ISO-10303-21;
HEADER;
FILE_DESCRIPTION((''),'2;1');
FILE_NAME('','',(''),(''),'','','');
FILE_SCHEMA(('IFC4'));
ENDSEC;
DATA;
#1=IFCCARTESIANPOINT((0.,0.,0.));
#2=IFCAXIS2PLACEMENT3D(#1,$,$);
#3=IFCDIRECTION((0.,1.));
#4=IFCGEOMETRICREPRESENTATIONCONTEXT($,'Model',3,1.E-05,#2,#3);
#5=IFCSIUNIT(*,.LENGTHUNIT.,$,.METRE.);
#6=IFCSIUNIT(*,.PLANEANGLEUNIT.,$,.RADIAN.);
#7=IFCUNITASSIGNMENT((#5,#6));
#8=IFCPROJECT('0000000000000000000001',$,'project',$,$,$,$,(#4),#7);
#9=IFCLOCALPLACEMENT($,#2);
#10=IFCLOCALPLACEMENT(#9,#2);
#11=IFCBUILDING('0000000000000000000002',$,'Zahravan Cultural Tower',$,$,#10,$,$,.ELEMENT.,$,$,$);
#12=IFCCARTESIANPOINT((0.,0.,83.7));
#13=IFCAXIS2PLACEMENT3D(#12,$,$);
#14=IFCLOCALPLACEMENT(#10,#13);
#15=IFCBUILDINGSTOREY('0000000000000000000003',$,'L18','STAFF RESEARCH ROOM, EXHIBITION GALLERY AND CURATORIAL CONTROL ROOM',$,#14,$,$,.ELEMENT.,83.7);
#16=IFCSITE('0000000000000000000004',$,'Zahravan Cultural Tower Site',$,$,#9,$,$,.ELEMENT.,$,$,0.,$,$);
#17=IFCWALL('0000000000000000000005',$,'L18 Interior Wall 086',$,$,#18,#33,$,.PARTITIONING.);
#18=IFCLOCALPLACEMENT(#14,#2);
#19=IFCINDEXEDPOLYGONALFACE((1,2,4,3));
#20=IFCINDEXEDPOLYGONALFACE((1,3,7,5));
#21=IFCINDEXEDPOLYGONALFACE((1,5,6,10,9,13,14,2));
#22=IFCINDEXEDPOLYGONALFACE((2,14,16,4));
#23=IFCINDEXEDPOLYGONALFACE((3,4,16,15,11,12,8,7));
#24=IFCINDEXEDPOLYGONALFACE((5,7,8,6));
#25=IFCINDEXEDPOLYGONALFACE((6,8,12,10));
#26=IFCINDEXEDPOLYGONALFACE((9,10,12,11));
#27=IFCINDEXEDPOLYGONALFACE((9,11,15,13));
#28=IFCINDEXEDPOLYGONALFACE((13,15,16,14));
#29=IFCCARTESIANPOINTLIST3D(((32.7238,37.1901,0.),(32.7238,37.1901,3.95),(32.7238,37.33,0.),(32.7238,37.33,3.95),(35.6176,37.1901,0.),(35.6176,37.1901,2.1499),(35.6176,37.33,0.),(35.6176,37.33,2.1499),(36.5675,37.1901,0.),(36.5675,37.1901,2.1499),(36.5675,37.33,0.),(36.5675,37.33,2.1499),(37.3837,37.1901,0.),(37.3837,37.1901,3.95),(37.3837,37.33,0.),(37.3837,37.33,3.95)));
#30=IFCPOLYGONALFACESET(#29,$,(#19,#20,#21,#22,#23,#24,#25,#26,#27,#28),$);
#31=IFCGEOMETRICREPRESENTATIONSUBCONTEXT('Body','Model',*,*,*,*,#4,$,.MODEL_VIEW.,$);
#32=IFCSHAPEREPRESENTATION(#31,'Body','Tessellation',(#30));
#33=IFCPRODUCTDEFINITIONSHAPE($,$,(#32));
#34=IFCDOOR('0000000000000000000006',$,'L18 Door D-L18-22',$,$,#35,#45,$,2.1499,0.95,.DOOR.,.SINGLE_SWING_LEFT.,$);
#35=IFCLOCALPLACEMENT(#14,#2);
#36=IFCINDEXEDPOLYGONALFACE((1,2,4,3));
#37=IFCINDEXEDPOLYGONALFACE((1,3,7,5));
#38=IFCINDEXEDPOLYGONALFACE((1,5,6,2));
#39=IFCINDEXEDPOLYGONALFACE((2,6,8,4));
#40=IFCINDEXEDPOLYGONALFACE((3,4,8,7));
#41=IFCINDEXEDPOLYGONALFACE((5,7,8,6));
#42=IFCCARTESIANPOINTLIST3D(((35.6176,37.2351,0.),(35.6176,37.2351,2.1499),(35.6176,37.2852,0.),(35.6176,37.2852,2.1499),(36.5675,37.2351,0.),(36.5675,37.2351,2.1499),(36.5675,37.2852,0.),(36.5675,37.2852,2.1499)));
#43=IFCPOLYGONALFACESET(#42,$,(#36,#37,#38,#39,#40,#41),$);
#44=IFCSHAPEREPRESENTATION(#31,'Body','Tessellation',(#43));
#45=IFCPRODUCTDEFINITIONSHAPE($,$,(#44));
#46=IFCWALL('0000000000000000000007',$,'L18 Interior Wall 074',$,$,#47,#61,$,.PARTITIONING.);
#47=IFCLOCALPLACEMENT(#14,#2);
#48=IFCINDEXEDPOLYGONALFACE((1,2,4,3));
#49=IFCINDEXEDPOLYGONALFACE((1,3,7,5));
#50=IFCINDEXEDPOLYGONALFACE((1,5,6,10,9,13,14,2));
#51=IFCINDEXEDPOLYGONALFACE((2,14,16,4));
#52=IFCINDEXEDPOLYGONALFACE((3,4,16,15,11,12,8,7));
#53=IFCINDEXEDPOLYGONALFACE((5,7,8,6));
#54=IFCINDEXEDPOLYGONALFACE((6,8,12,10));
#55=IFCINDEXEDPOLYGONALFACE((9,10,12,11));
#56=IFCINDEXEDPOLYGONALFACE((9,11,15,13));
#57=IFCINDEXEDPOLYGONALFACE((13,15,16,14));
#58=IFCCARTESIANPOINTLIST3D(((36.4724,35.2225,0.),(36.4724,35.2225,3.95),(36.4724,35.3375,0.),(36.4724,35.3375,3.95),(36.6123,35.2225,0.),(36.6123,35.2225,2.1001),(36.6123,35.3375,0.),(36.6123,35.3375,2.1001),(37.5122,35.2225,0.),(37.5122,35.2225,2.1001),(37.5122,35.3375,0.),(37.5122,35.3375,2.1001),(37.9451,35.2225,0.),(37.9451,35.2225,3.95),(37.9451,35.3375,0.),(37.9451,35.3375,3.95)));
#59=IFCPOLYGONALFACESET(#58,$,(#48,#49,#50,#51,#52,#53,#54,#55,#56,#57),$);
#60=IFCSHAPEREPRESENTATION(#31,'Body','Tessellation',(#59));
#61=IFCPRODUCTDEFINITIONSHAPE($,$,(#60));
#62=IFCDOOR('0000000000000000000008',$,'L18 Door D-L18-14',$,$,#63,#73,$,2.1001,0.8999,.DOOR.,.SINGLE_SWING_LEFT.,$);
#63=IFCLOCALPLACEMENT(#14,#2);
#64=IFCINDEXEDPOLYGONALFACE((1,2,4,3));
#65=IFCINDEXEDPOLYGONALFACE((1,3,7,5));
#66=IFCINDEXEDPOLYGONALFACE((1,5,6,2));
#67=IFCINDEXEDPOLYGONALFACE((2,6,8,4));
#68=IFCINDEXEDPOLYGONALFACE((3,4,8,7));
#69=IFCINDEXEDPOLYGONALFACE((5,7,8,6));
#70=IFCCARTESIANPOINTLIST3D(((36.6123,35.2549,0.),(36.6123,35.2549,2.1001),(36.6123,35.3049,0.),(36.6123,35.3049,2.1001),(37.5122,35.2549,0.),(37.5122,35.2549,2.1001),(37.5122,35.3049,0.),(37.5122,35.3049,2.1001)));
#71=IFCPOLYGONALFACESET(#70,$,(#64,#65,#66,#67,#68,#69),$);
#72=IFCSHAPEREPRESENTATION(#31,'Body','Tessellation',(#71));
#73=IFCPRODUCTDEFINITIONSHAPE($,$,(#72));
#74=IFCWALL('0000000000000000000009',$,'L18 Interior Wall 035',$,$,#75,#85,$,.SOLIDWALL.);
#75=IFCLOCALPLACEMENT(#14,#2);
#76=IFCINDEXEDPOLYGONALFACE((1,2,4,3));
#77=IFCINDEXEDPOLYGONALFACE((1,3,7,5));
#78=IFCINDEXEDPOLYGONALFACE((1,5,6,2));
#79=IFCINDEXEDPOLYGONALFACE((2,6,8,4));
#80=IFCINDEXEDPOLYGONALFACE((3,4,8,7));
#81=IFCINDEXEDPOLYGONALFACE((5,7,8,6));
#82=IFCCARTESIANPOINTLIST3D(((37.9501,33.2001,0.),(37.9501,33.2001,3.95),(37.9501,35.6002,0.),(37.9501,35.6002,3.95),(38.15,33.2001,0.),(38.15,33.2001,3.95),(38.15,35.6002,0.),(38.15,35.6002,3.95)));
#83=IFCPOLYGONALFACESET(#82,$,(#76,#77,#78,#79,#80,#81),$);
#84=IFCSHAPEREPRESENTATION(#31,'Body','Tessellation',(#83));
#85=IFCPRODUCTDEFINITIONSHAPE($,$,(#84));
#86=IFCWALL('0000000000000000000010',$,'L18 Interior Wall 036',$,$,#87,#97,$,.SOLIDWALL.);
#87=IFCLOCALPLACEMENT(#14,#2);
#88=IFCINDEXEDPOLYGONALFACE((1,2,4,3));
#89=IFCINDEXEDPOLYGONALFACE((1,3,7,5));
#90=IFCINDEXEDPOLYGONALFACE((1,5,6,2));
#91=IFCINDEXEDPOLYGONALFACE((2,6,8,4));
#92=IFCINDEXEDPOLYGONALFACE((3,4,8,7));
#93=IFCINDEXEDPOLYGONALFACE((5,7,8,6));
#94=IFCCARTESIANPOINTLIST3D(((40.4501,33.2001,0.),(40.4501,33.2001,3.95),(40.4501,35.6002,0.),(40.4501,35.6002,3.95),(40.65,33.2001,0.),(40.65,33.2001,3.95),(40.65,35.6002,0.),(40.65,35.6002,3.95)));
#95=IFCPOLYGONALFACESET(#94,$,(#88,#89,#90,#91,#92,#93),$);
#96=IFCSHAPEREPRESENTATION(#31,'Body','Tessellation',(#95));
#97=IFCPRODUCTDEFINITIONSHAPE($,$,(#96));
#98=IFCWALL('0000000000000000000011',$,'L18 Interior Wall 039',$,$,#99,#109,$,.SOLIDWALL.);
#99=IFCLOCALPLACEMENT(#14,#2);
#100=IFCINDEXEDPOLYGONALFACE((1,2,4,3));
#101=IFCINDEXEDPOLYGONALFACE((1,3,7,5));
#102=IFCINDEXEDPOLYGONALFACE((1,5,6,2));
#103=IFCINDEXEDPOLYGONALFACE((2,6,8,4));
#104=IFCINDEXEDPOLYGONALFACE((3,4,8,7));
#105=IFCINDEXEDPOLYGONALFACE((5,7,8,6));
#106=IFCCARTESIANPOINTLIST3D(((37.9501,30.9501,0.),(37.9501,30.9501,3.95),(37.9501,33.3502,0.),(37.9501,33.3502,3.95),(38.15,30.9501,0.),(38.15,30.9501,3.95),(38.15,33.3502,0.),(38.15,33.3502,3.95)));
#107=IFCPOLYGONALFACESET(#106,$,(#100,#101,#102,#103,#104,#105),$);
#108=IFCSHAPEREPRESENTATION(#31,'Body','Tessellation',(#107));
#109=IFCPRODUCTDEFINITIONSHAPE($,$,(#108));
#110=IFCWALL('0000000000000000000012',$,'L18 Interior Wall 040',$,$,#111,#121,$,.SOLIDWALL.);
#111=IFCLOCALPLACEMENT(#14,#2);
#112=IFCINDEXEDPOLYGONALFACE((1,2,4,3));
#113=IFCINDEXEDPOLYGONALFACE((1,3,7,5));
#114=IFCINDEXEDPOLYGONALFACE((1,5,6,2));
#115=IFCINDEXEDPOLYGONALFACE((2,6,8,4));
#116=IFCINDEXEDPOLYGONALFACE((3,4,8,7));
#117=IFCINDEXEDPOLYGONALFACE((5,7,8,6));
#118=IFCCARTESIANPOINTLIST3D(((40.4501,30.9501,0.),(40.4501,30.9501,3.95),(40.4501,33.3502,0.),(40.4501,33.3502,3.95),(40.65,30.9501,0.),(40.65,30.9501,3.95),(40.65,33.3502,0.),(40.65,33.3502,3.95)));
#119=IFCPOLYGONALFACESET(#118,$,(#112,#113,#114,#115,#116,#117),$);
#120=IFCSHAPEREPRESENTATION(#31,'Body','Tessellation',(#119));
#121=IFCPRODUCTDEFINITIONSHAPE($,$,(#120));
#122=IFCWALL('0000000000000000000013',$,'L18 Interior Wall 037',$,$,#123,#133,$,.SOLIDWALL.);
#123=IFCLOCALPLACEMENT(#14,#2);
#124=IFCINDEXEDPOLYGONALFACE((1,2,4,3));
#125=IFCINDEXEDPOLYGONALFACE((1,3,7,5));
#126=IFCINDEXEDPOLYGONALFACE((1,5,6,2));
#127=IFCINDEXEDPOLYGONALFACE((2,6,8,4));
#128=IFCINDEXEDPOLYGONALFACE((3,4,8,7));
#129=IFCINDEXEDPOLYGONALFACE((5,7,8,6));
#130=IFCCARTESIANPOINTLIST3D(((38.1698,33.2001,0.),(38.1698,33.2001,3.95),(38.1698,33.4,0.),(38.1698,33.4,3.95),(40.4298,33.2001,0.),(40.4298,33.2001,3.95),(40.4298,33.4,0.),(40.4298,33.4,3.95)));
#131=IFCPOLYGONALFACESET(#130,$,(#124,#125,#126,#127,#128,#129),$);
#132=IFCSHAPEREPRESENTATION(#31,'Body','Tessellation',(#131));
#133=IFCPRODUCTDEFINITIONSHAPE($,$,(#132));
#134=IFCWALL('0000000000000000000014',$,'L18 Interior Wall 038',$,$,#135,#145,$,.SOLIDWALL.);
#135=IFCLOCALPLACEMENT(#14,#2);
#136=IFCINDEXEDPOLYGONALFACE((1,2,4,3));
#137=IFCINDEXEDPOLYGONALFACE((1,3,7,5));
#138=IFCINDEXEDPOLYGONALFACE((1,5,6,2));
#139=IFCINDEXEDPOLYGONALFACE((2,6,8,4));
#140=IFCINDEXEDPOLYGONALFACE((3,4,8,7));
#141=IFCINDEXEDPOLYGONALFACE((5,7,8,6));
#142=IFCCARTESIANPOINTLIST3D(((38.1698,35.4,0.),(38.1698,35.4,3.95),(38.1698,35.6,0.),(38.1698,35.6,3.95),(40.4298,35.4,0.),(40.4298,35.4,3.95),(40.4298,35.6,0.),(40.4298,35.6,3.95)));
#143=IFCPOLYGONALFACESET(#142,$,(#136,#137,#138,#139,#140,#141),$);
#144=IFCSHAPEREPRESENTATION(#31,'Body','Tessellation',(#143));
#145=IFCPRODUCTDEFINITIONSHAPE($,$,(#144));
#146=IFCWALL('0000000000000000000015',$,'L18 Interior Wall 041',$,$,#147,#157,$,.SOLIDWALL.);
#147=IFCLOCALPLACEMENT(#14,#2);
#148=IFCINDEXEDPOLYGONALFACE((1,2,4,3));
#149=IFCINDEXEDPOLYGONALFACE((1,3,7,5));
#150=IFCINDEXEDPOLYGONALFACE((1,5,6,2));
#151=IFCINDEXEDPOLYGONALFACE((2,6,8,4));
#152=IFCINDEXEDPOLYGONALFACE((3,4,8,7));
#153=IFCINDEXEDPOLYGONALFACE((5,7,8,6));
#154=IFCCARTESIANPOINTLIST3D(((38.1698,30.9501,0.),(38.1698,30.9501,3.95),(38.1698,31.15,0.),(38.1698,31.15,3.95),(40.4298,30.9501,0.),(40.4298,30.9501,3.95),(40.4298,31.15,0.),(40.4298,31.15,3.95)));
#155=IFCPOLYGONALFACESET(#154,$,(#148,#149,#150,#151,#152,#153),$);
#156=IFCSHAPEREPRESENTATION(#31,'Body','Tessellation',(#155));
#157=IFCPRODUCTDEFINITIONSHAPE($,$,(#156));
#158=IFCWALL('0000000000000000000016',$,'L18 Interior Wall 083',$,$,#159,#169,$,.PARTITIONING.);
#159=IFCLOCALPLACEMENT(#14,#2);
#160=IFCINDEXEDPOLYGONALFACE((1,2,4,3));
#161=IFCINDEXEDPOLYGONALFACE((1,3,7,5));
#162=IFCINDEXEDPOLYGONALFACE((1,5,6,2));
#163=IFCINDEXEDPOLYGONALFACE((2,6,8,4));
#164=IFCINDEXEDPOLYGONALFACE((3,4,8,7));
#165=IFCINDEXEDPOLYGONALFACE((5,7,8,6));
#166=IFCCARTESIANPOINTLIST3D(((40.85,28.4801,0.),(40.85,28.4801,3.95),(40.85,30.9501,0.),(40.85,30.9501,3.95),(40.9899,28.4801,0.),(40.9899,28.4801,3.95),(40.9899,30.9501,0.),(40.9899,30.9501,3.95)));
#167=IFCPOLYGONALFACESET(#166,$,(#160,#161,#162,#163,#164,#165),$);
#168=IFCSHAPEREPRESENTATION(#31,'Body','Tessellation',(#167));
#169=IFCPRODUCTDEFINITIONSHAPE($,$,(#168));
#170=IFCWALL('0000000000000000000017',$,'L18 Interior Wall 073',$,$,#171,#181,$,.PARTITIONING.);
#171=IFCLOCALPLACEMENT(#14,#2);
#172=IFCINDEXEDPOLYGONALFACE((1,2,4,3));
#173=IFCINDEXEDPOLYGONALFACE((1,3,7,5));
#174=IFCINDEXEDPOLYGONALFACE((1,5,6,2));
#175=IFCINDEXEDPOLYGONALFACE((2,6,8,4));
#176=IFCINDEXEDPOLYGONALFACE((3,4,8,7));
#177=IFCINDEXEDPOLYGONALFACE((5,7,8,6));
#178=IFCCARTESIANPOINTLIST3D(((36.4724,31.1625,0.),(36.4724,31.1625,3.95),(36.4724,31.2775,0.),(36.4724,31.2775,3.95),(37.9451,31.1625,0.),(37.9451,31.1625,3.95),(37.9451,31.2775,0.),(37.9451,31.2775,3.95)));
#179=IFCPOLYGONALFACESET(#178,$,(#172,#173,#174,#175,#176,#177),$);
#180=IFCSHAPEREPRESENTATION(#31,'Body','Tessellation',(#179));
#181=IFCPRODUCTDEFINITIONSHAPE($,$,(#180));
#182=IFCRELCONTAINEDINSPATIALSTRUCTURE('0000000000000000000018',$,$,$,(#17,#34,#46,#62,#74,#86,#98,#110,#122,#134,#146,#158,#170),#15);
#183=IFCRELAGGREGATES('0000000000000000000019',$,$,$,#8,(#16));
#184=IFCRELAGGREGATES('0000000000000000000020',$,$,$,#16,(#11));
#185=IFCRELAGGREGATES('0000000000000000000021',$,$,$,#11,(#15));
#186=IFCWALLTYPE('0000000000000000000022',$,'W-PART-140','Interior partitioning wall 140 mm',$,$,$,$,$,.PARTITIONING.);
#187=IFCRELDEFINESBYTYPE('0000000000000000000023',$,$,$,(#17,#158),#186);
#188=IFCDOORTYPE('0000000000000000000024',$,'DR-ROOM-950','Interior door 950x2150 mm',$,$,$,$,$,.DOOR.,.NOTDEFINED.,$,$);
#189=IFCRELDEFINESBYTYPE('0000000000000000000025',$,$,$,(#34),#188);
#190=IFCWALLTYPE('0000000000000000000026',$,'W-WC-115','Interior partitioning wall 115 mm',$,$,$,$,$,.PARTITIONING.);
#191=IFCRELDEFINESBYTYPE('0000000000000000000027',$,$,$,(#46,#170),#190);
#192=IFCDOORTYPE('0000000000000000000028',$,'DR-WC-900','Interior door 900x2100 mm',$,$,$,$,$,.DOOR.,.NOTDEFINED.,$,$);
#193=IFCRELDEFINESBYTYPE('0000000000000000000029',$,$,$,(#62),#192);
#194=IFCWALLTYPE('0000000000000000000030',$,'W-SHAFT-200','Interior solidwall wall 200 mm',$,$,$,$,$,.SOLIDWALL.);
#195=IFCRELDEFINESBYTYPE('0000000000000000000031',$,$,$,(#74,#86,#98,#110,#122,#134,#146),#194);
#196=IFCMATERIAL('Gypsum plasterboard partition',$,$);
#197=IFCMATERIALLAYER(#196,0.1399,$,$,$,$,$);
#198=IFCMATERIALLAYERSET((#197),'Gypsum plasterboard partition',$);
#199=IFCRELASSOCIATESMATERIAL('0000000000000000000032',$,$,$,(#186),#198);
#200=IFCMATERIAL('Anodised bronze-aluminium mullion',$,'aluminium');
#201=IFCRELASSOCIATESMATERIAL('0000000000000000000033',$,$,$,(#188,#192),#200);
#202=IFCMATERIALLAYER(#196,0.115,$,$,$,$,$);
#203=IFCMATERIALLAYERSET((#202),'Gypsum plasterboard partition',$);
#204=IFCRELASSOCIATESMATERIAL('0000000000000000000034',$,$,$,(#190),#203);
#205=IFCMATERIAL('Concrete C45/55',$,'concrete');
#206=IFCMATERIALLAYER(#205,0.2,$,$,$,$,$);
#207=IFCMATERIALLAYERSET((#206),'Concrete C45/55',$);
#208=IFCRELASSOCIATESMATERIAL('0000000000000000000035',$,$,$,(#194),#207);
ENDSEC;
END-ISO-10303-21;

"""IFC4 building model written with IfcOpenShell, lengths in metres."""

from ifc_helpers import new_model, si_unit, direction, frame, frame_2d, origin, place, context, subcontext, project, spatial, rectangle, extrude, source, transform, mapped, material, layer, layer_set, type_object, element, fill, save


model = new_model("IFC4")

# Units and contexts
model_context = context("Model", 3, precision=1e-05, world=origin(), true_north=direction((0.0, 1.0)))
body_context = subcontext(model_context, "Body", "Model", "MODEL_VIEW")
ifc_project = project(units=[si_unit("LENGTHUNIT", "METRE"), si_unit("PLANEANGLEUNIT", "RADIAN")], contexts=[model_context])

# Site, building, storey
site_placement = place(None, origin())
site = spatial("IfcSite", under=ifc_project, at=site_placement, Name="Zahravan Cultural Tower Site", CompositionType="ELEMENT", RefElevation=0.0)
building_placement = place(site_placement, origin())
building = spatial("IfcBuilding", under=site, at=building_placement, Name="Zahravan Cultural Tower", CompositionType="ELEMENT")
storey_placement = place(building_placement, frame((0.0, 0.0, 83.7)))
storey = spatial("IfcBuildingStorey", under=building, at=storey_placement, Name="L18", Description="STAFF RESEARCH ROOM, EXHIBITION GALLERY AND CURATORIAL CONTROL ROOM", CompositionType="ELEMENT", Elevation=83.7)

# Shared definitions
ifc_material_1 = material(Name="Anodised bronze-aluminium mullion", Category="aluminium")

# Walls, openings, doors
ifc_material_2 = material(Name="Gypsum plasterboard partition")
ifc_layer_1 = layer(ifc_material_2, 0.1399)
ifc_layer_set_1 = layer_set([ifc_layer_1], Name="Gypsum plasterboard partition")
wall_type_1 = type_object("IfcWallType", Name="W-PART-140", Description="Interior partitioning wall 140 mm", PredefinedType="PARTITIONING", material=ifc_layer_set_1)
door_type_1 = type_object("IfcDoorType", Name="DR-ROOM-950", Description="Interior door 950x2150 mm", OperationType="NOTDEFINED", PredefinedType="DOOR", material=ifc_material_1)
shared_shape_1 = source(origin(), body_context, "Body", "SweptSolid", [
    extrude(rectangle(XDim=0.95, YDim=2.1499, at=frame_2d((0.4751, 1.075))), frame((0.0, 0.0249, 0.0), z_axis=(0.0, -1.0, 0.0), x_axis=(1.0, 0.0, 0.0)), (0.0, 0.0, 1.0), 0.05),
])
wall_1_placement = place(storey_placement, frame((37.3838, 37.26, 0.0), z_axis=(0.0, 0.0, 1.0), x_axis=(-1.0, 0.0, 0.0)))
wall_1 = element("IfcWall", 1, at=wall_1_placement, inside=storey, type_object=wall_type_1, Name="L18 Interior Wall 086", PredefinedType="PARTITIONING", context=body_context, shape_type="SweptSolid", body=[
    extrude(rectangle(XDim=4.6599, YDim=0.1399, at=frame_2d((2.3301, 0.0))), origin(), (0.0, 0.0, 1.0), 3.95),
])
opening_1_placement = place(wall_1_placement, frame((0.8162, 0.0, 0.0)))
opening_1 = element("IfcOpeningElement", 2, at=opening_1_placement, cuts=wall_1, PredefinedType="OPENING", context=body_context, shape_type="SweptSolid", body=[
    extrude(rectangle(XDim=0.95, YDim=2.1499, at=frame_2d((0.4751, 1.075))), frame((0.0, 0.0798, 0.0), z_axis=(0.0, -1.0, 0.0), x_axis=(1.0, 0.0, 0.0)), (0.0, 0.0, 1.0), 0.1599),
])
door_1_placement = place(opening_1_placement, origin())
door_1 = element("IfcDoor", 3, at=door_1_placement, inside=storey, type_object=door_type_1, Name="L18 Door D-L18-22", OperationType="SINGLE_SWING_LEFT", OverallHeight=2.1499, OverallWidth=0.95, PredefinedType="DOOR", context=body_context, shape_type="MappedRepresentation", body=[
    mapped(shared_shape_1, transform((0.0, 0.0, 0.0), x_axis=(1.0, 0.0, 0.0), y_axis=(0.0, 1.0, 0.0), z_axis=(0.0, 0.0, 1.0), scale=1.0)),
])
fill(opening_1, door_1)
ifc_layer_2 = layer(ifc_material_2, 0.115)
ifc_layer_set_2 = layer_set([ifc_layer_2], Name="Gypsum plasterboard partition")
wall_type_2 = type_object("IfcWallType", Name="W-WC-115", Description="Interior partitioning wall 115 mm", PredefinedType="PARTITIONING", material=ifc_layer_set_2)
wall_2_placement = place(storey_placement, frame((36.4724, 35.28, 0.0), z_axis=(0.0, 0.0, 1.0), x_axis=(1.0, 0.0, 0.0)))
wall_2 = element("IfcWall", 4, at=wall_2_placement, inside=storey, type_object=wall_type_2, Name="L18 Interior Wall 074", PredefinedType="PARTITIONING", context=body_context, shape_type="SweptSolid", body=[
    extrude(rectangle(XDim=1.4727, YDim=0.115, at=frame_2d((0.7363, 0.0))), origin(), (0.0, 0.0, 1.0), 3.95),
])
opening_2_placement = place(wall_2_placement, frame((0.1399, 0.0, 0.0)))
opening_2 = element("IfcOpeningElement", 5, at=opening_2_placement, cuts=wall_2, PredefinedType="OPENING", context=body_context, shape_type="SweptSolid", body=[
    extrude(rectangle(XDim=0.8999, YDim=2.1001, at=frame_2d((0.45, 1.05))), frame((0.0, 0.0674, 0.0), z_axis=(0.0, -1.0, 0.0), x_axis=(1.0, 0.0, 0.0)), (0.0, 0.0, 1.0), 0.135),
])
door_type_2 = type_object("IfcDoorType", Name="DR-WC-900", Description="Interior door 900x2100 mm", OperationType="NOTDEFINED", PredefinedType="DOOR", material=ifc_material_1)
shared_shape_2 = source(origin(), body_context, "Body", "SweptSolid", [
    extrude(rectangle(XDim=0.8999, YDim=2.1001, at=frame_2d((0.45, 1.05))), frame((0.0, 0.0249, 0.0), z_axis=(0.0, -1.0, 0.0), x_axis=(1.0, 0.0, 0.0)), (0.0, 0.0, 1.0), 0.05),
])
door_2_placement = place(opening_2_placement, origin())
door_2 = element("IfcDoor", 6, at=door_2_placement, inside=storey, type_object=door_type_2, Name="L18 Door D-L18-14", OperationType="SINGLE_SWING_LEFT", OverallHeight=2.1001, OverallWidth=0.8999, PredefinedType="DOOR", context=body_context, shape_type="MappedRepresentation", body=[
    mapped(shared_shape_2, transform((0.0, 0.0, 0.0), x_axis=(1.0, 0.0, 0.0), y_axis=(0.0, 1.0, 0.0), z_axis=(0.0, 0.0, 1.0), scale=1.0)),
])
fill(opening_2, door_2)

# Walls
ifc_material_3 = material(Name="Concrete C45/55", Category="concrete")
ifc_layer_3 = layer(ifc_material_3, 0.2)
ifc_layer_set_3 = layer_set([ifc_layer_3], Name="Concrete C45/55")
wall_type_3 = type_object("IfcWallType", Name="W-SHAFT-200", Description="Interior solidwall wall 200 mm", PredefinedType="SOLIDWALL", material=ifc_layer_set_3)
shared_shape_3 = source(origin(), body_context, "Body", "SweptSolid", [
    extrude(rectangle(XDim=2.4001, YDim=0.2, at=frame_2d((1.2002, 0.0))), origin(), (0.0, 0.0, 1.0), 3.95),
])
for number, where, z_axis, x_axis, name in (
    (7, (38.05, 33.2, 0.0), (0.0, 0.0, 1.0), (0.0, 1.0, 0.0), "L18 Interior Wall 035"),
    (8, (40.55, 33.2, 0.0), (0.0, 0.0, 1.0), (0.0, 1.0, 0.0), "L18 Interior Wall 036"),
    (9, (38.05, 30.95, 0.0), (0.0, 0.0, 1.0), (0.0, 1.0, 0.0), "L18 Interior Wall 039"),
    (10, (40.55, 30.95, 0.0), (0.0, 0.0, 1.0), (0.0, 1.0, 0.0), "L18 Interior Wall 040"),
):
    element("IfcWall", number, at=place(storey_placement, frame(where, z_axis=z_axis, x_axis=x_axis)), inside=storey, type_object=wall_type_3, Name=name, PredefinedType="SOLIDWALL", context=body_context, shape_type="MappedRepresentation", body=[
        mapped(shared_shape_3, transform((0.0, 0.0, 0.0), x_axis=(1.0, 0.0, 0.0), y_axis=(0.0, 1.0, 0.0), z_axis=(0.0, 0.0, 1.0), scale=1.0)),
    ])
shared_shape_4 = source(origin(), body_context, "Body", "SweptSolid", [
    extrude(rectangle(XDim=2.26, YDim=0.2, at=frame_2d((1.1299, 0.0))), origin(), (0.0, 0.0, 1.0), 3.95),
])
for number, where, z_axis, x_axis, name in (
    (11, (38.1699, 33.3, 0.0), (0.0, 0.0, 1.0), (1.0, 0.0, 0.0), "L18 Interior Wall 037"),
    (12, (38.1699, 35.5, 0.0), (0.0, 0.0, 1.0), (1.0, 0.0, 0.0), "L18 Interior Wall 038"),
    (13, (38.1699, 31.05, 0.0), (0.0, 0.0, 1.0), (1.0, 0.0, 0.0), "L18 Interior Wall 041"),
):
    element("IfcWall", number, at=place(storey_placement, frame(where, z_axis=z_axis, x_axis=x_axis)), inside=storey, type_object=wall_type_3, Name=name, PredefinedType="SOLIDWALL", context=body_context, shape_type="MappedRepresentation", body=[
        mapped(shared_shape_4, transform((0.0, 0.0, 0.0), x_axis=(1.0, 0.0, 0.0), y_axis=(0.0, 1.0, 0.0), z_axis=(0.0, 0.0, 1.0), scale=1.0)),
    ])
shared_shape_5 = source(origin(), body_context, "Body", "SweptSolid", [
    extrude(rectangle(XDim=2.47, YDim=0.1399, at=frame_2d((1.2349, 0.0))), origin(), (0.0, 0.0, 1.0), 3.95),
])
wall_3_placement = place(storey_placement, frame((40.9199, 30.95, 0.0), z_axis=(0.0, 0.0, 1.0), x_axis=(0.0, -1.0, 0.0)))
element("IfcWall", 14, at=wall_3_placement, inside=storey, type_object=wall_type_1, Name="L18 Interior Wall 083", PredefinedType="PARTITIONING", context=body_context, shape_type="MappedRepresentation", body=[
    mapped(shared_shape_5, transform((0.0, 0.0, 0.0), x_axis=(1.0, 0.0, 0.0), y_axis=(0.0, 1.0, 0.0), z_axis=(0.0, 0.0, 1.0), scale=1.0)),
])
shared_shape_6 = source(origin(), body_context, "Body", "SweptSolid", [
    extrude(rectangle(XDim=1.4727, YDim=0.115, at=frame_2d((0.7363, 0.0))), origin(), (0.0, 0.0, 1.0), 3.95),
])
wall_4_placement = place(storey_placement, frame((37.9451, 31.22, 0.0), z_axis=(0.0, 0.0, 1.0), x_axis=(-1.0, 0.0, 0.0)))
element("IfcWall", 15, at=wall_4_placement, inside=storey, type_object=wall_type_2, Name="L18 Interior Wall 073", PredefinedType="PARTITIONING", context=body_context, shape_type="MappedRepresentation", body=[
    mapped(shared_shape_6, transform((0.0, 0.0, 0.0), x_axis=(1.0, 0.0, 0.0), y_axis=(0.0, 1.0, 0.0), z_axis=(0.0, 0.0, 1.0), scale=1.0)),
])

save(model, "model.ifc")
